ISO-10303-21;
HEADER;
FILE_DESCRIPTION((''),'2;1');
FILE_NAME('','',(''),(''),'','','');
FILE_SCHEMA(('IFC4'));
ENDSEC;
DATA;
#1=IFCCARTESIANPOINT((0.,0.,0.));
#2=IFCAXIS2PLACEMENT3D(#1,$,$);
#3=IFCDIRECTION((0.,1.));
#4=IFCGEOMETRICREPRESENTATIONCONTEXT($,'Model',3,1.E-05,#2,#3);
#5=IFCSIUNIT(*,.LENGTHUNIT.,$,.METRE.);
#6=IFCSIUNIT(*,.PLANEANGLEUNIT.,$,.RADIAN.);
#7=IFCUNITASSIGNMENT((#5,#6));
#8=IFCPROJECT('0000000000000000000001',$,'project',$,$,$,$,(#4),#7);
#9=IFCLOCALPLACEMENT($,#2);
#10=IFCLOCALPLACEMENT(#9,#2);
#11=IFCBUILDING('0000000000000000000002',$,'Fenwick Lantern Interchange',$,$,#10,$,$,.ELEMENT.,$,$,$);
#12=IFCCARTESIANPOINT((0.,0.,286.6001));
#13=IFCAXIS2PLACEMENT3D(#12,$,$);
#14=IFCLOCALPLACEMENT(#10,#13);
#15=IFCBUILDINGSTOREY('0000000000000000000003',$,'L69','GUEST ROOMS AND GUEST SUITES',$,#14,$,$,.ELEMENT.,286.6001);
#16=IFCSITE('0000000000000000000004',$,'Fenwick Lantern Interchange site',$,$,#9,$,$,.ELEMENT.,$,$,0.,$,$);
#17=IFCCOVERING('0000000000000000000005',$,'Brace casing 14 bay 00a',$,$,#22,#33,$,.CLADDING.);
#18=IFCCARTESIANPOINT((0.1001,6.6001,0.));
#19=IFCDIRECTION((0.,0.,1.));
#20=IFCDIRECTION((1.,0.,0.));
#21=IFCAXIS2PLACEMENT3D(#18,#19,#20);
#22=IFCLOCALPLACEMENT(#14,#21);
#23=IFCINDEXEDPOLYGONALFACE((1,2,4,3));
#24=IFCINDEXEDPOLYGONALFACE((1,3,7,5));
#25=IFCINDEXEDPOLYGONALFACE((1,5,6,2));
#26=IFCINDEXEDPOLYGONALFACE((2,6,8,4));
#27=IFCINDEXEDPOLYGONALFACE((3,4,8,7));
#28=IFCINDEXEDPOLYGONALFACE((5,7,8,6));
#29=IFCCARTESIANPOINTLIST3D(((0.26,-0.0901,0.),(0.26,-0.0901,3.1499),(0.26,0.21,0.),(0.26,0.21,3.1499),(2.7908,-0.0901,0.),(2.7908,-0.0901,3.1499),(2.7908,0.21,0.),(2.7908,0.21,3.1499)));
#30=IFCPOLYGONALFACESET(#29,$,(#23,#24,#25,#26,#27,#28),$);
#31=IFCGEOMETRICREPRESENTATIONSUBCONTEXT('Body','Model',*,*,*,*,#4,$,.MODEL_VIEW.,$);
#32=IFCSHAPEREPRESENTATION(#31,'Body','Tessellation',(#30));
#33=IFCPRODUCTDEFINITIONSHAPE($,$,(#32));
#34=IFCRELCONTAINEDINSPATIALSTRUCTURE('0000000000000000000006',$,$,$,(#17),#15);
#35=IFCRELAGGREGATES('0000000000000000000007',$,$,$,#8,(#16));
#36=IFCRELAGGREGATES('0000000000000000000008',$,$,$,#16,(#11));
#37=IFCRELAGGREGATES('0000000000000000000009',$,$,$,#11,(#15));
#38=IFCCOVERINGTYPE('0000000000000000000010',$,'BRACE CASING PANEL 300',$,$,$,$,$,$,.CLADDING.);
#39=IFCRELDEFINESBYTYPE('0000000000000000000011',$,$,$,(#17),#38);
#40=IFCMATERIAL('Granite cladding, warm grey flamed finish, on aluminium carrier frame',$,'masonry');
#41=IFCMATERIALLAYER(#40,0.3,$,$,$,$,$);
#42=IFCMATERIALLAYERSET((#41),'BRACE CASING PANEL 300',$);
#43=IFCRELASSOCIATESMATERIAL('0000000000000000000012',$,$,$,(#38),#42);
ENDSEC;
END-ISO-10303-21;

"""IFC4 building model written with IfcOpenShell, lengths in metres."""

from ifc_helpers import new_model, si_unit, direction, frame, origin, place, context, subcontext, project, spatial, polyline, outline, extrude, material, layer, layer_set, type_object, element, save


model = new_model("IFC4")

# Units and contexts
model_context = context("Model", 3, precision=1e-05, world=origin(), true_north=direction((0.0, 1.0)))
body_context = subcontext(model_context, "Body", "Model", "MODEL_VIEW")
ifc_project = project(units=[si_unit("LENGTHUNIT", "METRE"), si_unit("PLANEANGLEUNIT", "RADIAN")], contexts=[model_context])

# Site, building, storey
site_placement = place(None, origin())
site = spatial("IfcSite", under=ifc_project, at=site_placement, Name="Fenwick Lantern Interchange site", CompositionType="ELEMENT", RefElevation=0.0)
building_placement = place(site_placement, origin())
building = spatial("IfcBuilding", under=site, at=building_placement, Name="Fenwick Lantern Interchange", CompositionType="ELEMENT")
storey_placement = place(building_placement, frame((0.0, 0.0, 286.6001)))
storey = spatial("IfcBuildingStorey", under=building, at=storey_placement, Name="L69", Description="GUEST ROOMS AND GUEST SUITES", CompositionType="ELEMENT", Elevation=286.6001)

# Covering
ifc_material_1 = material(Name="Granite cladding, warm grey flamed finish, on aluminium carrier frame", Category="masonry")
ifc_layer_1 = layer(ifc_material_1, 0.3)
ifc_layer_set_1 = layer_set([ifc_layer_1], Name="BRACE CASING PANEL 300")
covering_type = type_object("IfcCoveringType", Name="BRACE CASING PANEL 300", PredefinedType="CLADDING", material=ifc_layer_set_1)
covering_placement = place(storey_placement, frame((0.1001, 6.6001, 0.0), z_axis=(0.0, 0.0, 1.0), x_axis=(1.0, 0.0, 0.0)))
element("IfcCovering", 1, at=covering_placement, inside=storey, type_object=covering_type, Name="Brace casing 14 bay 00a", PredefinedType="CLADDING", context=body_context, shape_type="SweptSolid", body=[
    extrude(outline(polyline([(0.26, 0.0), (2.7908, 0.0), (2.7908, 3.1499), (0.26, 3.1499), (0.26, 0.0)])), frame((0.0, 0.21, 0.0), z_axis=(0.0, -1.0, 0.0), x_axis=(1.0, 0.0, 0.0)), (0.0, 0.0, 1.0), 0.3),
])

save(model, "model.ifc")
